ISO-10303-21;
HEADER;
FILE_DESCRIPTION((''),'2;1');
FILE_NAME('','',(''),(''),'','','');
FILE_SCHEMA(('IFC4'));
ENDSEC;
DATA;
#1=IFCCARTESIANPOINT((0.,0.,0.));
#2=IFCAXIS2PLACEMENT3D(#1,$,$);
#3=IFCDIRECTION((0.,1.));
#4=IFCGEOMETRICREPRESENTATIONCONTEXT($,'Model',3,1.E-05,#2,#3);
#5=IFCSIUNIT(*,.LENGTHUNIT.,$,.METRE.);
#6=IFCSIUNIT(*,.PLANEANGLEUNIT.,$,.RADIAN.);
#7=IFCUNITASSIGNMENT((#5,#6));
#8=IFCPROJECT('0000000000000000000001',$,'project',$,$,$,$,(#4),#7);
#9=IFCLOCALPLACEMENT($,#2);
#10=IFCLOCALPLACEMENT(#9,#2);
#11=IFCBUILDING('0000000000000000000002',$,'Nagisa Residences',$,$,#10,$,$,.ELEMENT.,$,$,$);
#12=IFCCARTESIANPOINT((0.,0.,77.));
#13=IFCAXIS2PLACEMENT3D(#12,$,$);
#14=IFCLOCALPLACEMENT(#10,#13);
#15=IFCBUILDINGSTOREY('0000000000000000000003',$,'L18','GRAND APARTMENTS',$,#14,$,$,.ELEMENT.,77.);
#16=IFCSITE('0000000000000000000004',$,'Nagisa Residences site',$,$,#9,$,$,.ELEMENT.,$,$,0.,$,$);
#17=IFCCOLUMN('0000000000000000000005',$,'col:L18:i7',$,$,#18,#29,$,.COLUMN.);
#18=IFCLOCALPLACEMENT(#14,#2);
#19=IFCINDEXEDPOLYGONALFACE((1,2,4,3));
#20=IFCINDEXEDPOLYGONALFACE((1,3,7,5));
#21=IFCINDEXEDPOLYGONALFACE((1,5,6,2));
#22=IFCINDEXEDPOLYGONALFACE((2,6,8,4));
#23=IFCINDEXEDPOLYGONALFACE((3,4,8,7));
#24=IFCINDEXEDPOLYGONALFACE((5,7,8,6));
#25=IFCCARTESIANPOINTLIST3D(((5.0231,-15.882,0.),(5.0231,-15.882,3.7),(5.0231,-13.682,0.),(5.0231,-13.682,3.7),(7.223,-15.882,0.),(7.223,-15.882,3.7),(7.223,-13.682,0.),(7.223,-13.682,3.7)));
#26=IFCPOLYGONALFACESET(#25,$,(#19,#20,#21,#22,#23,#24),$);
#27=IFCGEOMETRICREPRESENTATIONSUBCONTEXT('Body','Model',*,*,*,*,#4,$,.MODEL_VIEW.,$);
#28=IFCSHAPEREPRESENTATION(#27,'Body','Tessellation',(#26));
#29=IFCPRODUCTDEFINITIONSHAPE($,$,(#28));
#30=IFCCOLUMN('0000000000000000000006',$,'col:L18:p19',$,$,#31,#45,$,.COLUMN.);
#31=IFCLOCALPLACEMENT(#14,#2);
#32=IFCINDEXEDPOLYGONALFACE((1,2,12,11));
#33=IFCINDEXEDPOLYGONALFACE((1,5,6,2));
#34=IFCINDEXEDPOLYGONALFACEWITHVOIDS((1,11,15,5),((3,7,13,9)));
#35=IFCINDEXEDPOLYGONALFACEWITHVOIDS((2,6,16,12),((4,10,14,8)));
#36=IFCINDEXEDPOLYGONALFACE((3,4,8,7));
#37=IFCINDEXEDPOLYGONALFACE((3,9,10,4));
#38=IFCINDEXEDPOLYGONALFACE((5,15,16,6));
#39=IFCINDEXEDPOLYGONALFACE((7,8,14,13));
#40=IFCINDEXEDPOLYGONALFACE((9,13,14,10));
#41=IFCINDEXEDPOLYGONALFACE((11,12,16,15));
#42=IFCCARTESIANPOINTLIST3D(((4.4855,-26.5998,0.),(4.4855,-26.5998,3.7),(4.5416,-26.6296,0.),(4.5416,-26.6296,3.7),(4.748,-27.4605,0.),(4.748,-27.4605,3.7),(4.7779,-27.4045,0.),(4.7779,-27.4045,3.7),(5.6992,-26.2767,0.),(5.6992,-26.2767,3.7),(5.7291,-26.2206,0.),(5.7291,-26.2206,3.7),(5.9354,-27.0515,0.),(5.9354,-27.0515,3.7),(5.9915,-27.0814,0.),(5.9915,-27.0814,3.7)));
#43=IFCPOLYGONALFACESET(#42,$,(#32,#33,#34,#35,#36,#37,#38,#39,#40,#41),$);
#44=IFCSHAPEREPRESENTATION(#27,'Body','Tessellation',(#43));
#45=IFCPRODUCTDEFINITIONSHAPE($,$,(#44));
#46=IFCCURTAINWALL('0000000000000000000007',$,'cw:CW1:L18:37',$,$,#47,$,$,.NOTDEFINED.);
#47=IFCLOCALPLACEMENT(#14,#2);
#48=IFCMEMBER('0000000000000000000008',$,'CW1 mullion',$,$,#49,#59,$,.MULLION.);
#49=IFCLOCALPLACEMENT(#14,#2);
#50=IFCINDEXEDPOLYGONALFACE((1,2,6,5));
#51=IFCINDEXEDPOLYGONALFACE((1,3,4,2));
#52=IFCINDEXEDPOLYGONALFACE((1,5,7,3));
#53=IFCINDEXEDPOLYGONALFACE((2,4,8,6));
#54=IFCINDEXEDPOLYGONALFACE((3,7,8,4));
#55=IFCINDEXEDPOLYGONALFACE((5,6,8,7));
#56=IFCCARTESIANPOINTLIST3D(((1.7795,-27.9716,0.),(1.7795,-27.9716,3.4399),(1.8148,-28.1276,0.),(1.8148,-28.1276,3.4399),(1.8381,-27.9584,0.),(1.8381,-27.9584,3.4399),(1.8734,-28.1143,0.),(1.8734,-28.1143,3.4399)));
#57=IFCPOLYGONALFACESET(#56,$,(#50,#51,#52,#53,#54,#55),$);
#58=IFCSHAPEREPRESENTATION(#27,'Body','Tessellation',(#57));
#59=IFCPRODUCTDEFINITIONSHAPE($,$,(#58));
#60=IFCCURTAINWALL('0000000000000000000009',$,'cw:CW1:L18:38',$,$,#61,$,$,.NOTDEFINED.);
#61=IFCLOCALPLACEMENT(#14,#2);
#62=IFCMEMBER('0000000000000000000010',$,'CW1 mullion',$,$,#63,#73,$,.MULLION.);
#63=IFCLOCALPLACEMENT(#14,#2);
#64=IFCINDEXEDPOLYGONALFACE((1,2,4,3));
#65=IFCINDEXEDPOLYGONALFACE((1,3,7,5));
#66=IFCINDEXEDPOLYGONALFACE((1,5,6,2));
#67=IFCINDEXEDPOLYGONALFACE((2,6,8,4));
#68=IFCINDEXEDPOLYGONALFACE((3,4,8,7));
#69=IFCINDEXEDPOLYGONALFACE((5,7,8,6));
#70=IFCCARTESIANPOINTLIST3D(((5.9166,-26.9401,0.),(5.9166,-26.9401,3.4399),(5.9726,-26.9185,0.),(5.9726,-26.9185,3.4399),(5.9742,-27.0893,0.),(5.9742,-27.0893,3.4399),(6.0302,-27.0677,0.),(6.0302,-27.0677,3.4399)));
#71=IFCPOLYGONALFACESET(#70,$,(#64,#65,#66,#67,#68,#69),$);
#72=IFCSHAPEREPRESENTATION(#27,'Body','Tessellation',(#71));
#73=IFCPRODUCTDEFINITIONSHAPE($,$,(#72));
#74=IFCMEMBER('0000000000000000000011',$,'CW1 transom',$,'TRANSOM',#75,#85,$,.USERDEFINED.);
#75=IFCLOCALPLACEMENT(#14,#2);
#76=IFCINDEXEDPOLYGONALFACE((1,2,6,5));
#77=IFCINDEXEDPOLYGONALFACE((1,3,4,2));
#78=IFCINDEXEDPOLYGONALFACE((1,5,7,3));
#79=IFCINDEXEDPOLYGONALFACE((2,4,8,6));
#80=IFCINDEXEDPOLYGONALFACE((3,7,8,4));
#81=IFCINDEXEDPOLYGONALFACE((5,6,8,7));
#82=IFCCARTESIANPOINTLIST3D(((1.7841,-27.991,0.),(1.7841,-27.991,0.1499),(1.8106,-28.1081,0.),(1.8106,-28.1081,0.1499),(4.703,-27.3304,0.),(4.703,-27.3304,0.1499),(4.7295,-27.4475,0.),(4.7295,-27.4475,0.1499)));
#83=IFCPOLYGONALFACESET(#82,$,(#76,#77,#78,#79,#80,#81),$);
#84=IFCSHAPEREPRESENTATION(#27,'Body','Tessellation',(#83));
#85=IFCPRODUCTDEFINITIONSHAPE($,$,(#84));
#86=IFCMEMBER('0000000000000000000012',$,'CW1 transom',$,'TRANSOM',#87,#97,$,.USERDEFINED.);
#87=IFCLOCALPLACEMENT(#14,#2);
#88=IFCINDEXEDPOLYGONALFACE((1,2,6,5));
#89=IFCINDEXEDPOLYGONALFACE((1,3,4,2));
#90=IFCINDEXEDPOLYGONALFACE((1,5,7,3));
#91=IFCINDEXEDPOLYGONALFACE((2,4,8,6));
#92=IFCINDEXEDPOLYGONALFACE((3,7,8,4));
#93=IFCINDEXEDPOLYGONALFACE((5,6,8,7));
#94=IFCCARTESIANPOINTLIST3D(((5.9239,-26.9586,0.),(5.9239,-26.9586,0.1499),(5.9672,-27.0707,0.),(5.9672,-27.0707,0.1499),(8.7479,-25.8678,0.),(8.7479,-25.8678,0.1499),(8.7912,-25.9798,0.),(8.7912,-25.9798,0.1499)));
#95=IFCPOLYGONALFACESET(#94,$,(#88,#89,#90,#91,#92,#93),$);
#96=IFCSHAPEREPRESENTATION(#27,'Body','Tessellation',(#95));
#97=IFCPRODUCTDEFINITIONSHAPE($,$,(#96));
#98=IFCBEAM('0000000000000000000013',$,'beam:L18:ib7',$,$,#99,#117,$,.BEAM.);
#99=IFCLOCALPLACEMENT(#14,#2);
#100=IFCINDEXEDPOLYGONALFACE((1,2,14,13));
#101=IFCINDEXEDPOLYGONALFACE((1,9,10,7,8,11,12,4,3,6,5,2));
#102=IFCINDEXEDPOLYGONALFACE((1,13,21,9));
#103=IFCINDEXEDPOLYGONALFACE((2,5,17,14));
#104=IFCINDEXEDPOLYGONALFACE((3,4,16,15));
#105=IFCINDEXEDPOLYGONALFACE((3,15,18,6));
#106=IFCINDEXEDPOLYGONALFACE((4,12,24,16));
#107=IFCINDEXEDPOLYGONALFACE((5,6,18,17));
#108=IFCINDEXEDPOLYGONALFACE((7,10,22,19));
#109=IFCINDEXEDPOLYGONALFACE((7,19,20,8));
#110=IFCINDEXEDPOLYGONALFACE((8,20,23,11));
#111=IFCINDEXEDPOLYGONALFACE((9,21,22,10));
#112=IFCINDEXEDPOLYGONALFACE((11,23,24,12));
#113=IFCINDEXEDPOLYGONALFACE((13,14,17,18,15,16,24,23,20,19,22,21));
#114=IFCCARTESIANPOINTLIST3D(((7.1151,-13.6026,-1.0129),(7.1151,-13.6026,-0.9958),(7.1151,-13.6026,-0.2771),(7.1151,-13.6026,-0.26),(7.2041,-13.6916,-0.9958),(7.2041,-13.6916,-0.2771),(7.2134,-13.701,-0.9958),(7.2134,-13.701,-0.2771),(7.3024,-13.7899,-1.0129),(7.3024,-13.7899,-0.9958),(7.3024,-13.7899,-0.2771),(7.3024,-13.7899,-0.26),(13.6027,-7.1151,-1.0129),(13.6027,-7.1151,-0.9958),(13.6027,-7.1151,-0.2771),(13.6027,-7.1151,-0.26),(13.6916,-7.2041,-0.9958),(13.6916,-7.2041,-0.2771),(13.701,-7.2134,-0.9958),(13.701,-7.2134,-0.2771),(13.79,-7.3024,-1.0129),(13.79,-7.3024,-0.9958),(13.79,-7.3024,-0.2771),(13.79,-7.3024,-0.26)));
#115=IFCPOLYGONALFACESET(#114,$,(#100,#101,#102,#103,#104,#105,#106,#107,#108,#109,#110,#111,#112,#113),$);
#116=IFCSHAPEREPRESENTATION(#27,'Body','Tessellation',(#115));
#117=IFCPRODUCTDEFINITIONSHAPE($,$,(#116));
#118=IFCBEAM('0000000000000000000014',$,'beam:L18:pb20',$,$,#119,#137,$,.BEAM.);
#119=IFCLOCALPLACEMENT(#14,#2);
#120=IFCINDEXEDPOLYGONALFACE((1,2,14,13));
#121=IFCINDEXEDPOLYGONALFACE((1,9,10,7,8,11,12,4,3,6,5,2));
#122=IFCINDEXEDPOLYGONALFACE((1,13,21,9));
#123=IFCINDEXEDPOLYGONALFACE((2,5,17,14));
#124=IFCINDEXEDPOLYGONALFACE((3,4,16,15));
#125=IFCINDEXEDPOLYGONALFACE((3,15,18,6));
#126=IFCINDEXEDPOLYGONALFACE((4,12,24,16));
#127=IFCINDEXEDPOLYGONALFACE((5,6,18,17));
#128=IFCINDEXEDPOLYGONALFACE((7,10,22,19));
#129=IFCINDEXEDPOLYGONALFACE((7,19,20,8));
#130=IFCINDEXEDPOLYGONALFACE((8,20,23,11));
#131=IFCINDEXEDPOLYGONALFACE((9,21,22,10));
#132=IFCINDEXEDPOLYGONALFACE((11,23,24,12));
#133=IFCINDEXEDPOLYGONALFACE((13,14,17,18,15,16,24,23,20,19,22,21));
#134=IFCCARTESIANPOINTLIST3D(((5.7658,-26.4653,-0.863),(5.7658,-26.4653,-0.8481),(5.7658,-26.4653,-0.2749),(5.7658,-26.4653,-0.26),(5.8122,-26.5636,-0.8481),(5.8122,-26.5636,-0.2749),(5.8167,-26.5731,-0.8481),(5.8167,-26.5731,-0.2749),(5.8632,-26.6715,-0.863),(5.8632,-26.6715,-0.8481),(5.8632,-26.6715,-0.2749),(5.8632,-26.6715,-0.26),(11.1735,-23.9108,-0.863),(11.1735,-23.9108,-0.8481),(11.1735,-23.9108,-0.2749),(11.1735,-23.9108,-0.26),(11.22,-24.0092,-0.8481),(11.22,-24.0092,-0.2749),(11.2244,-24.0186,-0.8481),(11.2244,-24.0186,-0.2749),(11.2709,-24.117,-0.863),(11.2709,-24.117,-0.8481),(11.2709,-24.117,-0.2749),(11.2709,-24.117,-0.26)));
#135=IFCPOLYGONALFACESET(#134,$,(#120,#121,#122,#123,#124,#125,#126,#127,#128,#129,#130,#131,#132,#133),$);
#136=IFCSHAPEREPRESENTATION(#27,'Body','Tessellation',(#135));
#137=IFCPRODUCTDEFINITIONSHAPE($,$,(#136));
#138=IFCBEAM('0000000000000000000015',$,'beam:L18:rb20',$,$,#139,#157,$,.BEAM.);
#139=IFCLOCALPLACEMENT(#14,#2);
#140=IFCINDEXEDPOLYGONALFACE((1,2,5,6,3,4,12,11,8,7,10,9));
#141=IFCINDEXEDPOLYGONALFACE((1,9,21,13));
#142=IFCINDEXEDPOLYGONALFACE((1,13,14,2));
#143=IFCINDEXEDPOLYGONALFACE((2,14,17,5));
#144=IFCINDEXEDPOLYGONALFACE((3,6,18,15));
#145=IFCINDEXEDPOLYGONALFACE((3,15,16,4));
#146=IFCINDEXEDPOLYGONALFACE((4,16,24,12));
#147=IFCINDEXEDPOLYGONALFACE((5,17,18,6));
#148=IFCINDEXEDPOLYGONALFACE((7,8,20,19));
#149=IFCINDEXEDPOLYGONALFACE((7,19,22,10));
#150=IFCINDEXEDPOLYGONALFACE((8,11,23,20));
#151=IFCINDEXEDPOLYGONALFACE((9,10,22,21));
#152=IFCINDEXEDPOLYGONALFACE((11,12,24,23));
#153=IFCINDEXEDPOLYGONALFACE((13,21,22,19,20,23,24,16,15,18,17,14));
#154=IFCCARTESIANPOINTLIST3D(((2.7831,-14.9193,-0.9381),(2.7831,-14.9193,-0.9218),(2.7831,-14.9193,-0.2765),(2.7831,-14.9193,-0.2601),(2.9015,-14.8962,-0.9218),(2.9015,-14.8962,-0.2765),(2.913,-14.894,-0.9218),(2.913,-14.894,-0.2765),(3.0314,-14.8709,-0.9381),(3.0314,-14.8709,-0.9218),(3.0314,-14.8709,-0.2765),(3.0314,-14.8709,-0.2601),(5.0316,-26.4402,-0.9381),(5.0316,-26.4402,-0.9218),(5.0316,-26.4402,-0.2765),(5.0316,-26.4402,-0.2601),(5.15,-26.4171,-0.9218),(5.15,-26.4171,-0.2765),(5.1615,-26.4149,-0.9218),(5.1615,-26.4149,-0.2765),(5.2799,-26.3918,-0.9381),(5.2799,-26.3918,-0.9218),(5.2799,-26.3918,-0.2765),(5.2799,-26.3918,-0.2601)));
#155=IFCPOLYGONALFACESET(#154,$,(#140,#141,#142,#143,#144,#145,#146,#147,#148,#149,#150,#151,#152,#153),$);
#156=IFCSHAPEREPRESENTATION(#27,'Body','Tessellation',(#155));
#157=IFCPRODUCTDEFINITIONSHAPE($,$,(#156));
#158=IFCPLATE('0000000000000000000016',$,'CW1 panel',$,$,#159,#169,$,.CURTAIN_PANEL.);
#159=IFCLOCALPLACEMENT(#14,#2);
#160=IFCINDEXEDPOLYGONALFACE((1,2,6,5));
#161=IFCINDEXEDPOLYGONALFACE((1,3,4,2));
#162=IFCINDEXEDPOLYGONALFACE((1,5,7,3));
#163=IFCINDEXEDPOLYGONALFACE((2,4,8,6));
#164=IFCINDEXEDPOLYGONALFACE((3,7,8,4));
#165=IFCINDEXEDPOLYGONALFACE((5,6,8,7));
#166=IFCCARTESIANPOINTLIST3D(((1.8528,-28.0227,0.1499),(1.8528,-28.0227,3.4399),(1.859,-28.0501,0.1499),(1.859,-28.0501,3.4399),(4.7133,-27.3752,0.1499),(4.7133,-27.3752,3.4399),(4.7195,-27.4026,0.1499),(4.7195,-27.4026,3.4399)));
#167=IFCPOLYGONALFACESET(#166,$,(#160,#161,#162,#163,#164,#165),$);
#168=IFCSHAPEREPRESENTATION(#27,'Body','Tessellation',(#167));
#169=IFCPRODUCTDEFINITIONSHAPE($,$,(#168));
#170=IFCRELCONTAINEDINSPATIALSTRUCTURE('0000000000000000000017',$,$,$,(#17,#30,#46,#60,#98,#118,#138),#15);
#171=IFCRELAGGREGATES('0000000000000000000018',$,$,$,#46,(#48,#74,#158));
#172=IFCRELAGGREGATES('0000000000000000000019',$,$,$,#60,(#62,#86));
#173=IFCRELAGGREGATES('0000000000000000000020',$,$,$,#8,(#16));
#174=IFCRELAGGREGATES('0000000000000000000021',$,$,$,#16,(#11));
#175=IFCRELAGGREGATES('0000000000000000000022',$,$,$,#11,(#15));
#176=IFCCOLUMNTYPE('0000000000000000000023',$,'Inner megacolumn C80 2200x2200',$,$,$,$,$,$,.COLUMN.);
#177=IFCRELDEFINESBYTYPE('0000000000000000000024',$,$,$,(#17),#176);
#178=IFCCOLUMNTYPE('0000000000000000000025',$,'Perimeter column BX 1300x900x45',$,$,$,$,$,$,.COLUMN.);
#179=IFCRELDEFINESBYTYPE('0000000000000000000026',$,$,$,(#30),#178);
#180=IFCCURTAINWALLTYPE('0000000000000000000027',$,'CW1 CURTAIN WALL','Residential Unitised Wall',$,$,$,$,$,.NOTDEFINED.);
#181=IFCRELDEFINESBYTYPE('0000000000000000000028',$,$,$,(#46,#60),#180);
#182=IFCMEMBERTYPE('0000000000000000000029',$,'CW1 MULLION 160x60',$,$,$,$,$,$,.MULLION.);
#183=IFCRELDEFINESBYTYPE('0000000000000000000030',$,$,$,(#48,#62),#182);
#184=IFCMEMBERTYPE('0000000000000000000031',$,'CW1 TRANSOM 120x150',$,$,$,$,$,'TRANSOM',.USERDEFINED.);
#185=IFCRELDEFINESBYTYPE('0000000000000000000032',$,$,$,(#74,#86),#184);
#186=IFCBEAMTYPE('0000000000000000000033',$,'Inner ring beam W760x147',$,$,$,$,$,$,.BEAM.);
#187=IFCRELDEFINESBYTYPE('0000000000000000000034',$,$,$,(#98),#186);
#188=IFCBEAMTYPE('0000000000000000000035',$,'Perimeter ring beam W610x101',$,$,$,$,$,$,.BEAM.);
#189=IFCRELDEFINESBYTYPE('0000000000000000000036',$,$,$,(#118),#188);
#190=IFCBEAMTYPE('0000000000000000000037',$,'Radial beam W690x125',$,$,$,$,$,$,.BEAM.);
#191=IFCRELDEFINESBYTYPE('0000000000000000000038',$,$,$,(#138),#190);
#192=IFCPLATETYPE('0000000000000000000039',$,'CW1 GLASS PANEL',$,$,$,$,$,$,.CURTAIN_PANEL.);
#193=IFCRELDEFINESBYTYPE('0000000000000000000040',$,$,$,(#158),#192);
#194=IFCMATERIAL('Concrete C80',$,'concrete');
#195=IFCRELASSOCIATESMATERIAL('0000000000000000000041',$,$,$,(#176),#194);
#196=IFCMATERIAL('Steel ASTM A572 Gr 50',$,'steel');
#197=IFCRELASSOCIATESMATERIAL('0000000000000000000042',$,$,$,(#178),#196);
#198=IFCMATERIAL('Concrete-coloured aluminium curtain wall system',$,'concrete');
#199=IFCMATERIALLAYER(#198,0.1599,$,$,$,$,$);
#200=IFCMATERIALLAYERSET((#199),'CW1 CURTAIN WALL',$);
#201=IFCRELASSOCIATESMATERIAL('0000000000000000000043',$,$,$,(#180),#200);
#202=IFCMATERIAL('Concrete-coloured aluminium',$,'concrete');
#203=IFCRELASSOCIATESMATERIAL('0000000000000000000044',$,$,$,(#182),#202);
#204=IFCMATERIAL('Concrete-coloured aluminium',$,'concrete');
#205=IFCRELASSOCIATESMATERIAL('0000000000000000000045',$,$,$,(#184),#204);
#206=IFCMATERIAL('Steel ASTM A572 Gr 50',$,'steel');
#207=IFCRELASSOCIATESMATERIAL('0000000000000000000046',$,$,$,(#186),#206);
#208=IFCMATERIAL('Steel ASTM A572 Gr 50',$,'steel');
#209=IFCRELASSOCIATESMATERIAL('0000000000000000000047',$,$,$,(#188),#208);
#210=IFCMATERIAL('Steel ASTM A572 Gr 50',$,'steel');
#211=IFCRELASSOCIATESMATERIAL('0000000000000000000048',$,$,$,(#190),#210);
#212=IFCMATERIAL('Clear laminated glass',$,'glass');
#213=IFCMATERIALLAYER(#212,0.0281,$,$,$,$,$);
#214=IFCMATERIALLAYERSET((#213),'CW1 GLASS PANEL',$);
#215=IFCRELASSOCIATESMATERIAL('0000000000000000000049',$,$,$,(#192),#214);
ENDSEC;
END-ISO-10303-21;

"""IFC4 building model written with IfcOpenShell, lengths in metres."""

from ifc_helpers import new_model, si_unit, direction, frame, origin, origin_2d, place, context, subcontext, project, spatial, rectangle, hollow_rectangle, i_section, extrude, material, layer, layer_set, material_profile, profile_set, type_object, element, aggregate, save


model = new_model("IFC4")

# Units and contexts
model_context = context("Model", 3, precision=1e-05, world=origin(), true_north=direction((0.0, 1.0)))
body_context = subcontext(model_context, "Body", "Model", "MODEL_VIEW")
ifc_project = project(units=[si_unit("LENGTHUNIT", "METRE"), si_unit("PLANEANGLEUNIT", "RADIAN")], contexts=[model_context])

# Site, building, storey
site_placement = place(None, origin())
site = spatial("IfcSite", under=ifc_project, at=site_placement, Name="Nagisa Residences site", CompositionType="ELEMENT", RefElevation=0.0)
building_placement = place(site_placement, origin())
building = spatial("IfcBuilding", under=site, at=building_placement, Name="Nagisa Residences", CompositionType="ELEMENT")
storey_placement = place(building_placement, frame((0.0, 0.0, 77.0)))
storey = spatial("IfcBuildingStorey", under=building, at=storey_placement, Name="L18", Description="GRAND APARTMENTS", CompositionType="ELEMENT", Elevation=77.0)

# Columns
ifc_material_1 = material(Name="Concrete C80", Category="concrete")
ifc_material_profile_1 = material_profile(ifc_material_1, rectangle(XDim=2.2, YDim=2.2, at=origin_2d()), Name="C80 2200x2200")
ifc_profile_set_1 = profile_set([ifc_material_profile_1], Name="Concrete C80")
column_type_1 = type_object("IfcColumnType", Name="Inner megacolumn C80 2200x2200", PredefinedType="COLUMN", material=ifc_profile_set_1)
column_1_placement = place(storey_placement, frame((6.123, -14.782, 0.0), z_axis=(0.0, 0.0, 1.0), x_axis=(1.0, 0.0, 0.0)))
element("IfcColumn", 1, at=column_1_placement, inside=storey, type_object=column_type_1, Name="col:L18:i7", PredefinedType="COLUMN", context=body_context, shape_type="SweptSolid", body=[
    extrude(rectangle(XDim=2.2, YDim=2.2, at=origin_2d()), origin(), (0.0, 0.0, 1.0), 3.7),
])
ifc_material_2 = material(Name="Steel ASTM A572 Gr 50", Category="steel")
ifc_material_profile_2 = material_profile(ifc_material_2, hollow_rectangle(XDim=1.3, YDim=0.8999, WallThickness=0.0449, at=origin_2d()), Name="BX 1300x900x45")
ifc_profile_set_2 = profile_set([ifc_material_profile_2], Name="Steel ASTM A572 Gr 50")
column_type_2 = type_object("IfcColumnType", Name="Perimeter column BX 1300x900x45", PredefinedType="COLUMN", material=ifc_profile_set_2)
column_2_placement = place(storey_placement, frame((5.2385, -26.8406, 0.0), z_axis=(0.0, 0.0, 1.0), x_axis=(0.956525, 0.291652, 0.0)))
element("IfcColumn", 2, at=column_2_placement, inside=storey, type_object=column_type_2, Name="col:L18:p19", PredefinedType="COLUMN", context=body_context, shape_type="SweptSolid", body=[
    extrude(hollow_rectangle(XDim=1.3, YDim=0.8999, WallThickness=0.0449, at=origin_2d()), origin(), (0.0, 0.0, 1.0), 3.7),
])

# Curtain walls, members
ifc_material_3 = material(Name="Concrete-coloured aluminium curtain wall system", Category="concrete")
ifc_layer_1 = layer(ifc_material_3, 0.1599)
ifc_layer_set_1 = layer_set([ifc_layer_1], Name="CW1 CURTAIN WALL")
curtain_wall_type = type_object("IfcCurtainWallType", Name="CW1 CURTAIN WALL", Description="Residential Unitised Wall", PredefinedType="NOTDEFINED", material=ifc_layer_set_1)
curtain_wall_1_placement = place(storey_placement, origin())
curtain_wall_1 = element("IfcCurtainWall", 3, at=curtain_wall_1_placement, inside=storey, type_object=curtain_wall_type, Name="cw:CW1:L18:37", PredefinedType="NOTDEFINED")
ifc_material_4 = material(Name="Concrete-coloured aluminium", Category="concrete")
ifc_material_profile_3 = material_profile(ifc_material_4, rectangle(XDim=0.1599, YDim=0.0601, at=origin_2d()), Name="CW1 MULLION 160x60")
ifc_profile_set_3 = profile_set([ifc_material_profile_3], Name="Concrete-coloured aluminium")
member_type_1 = type_object("IfcMemberType", Name="CW1 MULLION 160x60", PredefinedType="MULLION", material=ifc_profile_set_3)
member_1_placement = place(storey_placement, frame((1.8264, -28.043, 0.0), z_axis=(0.0, 0.0, 1.0), x_axis=(-0.220764, 0.975327, 0.0)))
member_1 = element("IfcMember", 4, at=member_1_placement, type_object=member_type_1, Name="CW1 mullion", PredefinedType="MULLION", context=body_context, shape_type="SweptSolid", body=[
    extrude(rectangle(XDim=0.1599, YDim=0.0601, at=origin_2d()), origin(), (0.0, 0.0, 1.0), 3.4399),
])
curtain_wall_2_placement = place(storey_placement, origin())
curtain_wall_2 = element("IfcCurtainWall", 5, at=curtain_wall_2_placement, inside=storey, type_object=curtain_wall_type, Name="cw:CW1:L18:38", PredefinedType="NOTDEFINED")
member_2_placement = place(storey_placement, frame((5.9734, -27.0039, 0.0), z_axis=(0.0, 0.0, 1.0), x_axis=(-0.360328, 0.932826, 0.0)))
member_2 = element("IfcMember", 6, at=member_2_placement, type_object=member_type_1, Name="CW1 mullion", PredefinedType="MULLION", context=body_context, shape_type="SweptSolid", body=[
    extrude(rectangle(XDim=0.1599, YDim=0.0601, at=origin_2d()), origin(), (0.0, 0.0, 1.0), 3.4399),
])

# Members
ifc_material_5 = material(Name="Concrete-coloured aluminium", Category="concrete")
ifc_material_profile_4 = material_profile(ifc_material_5, rectangle(XDim=0.1201, YDim=0.1499, at=origin_2d()), Name="CW1 TRANSOM 120x150")
ifc_profile_set_4 = profile_set([ifc_material_profile_4], Name="Concrete-coloured aluminium")
member_type_2 = type_object("IfcMemberType", Name="CW1 TRANSOM 120x150", ElementType="TRANSOM", PredefinedType="USERDEFINED", material=ifc_profile_set_4)
member_3_placement = place(storey_placement, frame((1.7974, -28.0496, 0.075), z_axis=(0.975331, 0.220747, 0.0), x_axis=(-0.220747, 0.975331, 0.0)))
member_3 = element("IfcMember", 7, at=member_3_placement, type_object=member_type_2, Name="CW1 transom", ObjectType="TRANSOM", PredefinedType="USERDEFINED", context=body_context, shape_type="SweptSolid", body=[
    extrude(rectangle(XDim=0.1201, YDim=0.1499, at=origin_2d()), origin(), (0.0, 0.0, 1.0), 2.9927),
])
member_4_placement = place(storey_placement, frame((5.9456, -27.0146, 0.075), z_axis=(0.932827, 0.360324, 0.0), x_axis=(-0.360324, 0.932827, 0.0)))
member_4 = element("IfcMember", 8, at=member_4_placement, type_object=member_type_2, Name="CW1 transom", ObjectType="TRANSOM", PredefinedType="USERDEFINED", context=body_context, shape_type="SweptSolid", body=[
    extrude(rectangle(XDim=0.1201, YDim=0.1499, at=origin_2d()), origin(), (0.0, 0.0, 1.0), 3.0273),
])

# Beams
ifc_material_6 = material(Name="Steel ASTM A572 Gr 50", Category="steel")
ifc_material_profile_5 = material_profile(ifc_material_6, i_section(OverallWidth=0.2649, OverallDepth=0.7529, WebThickness=0.0132, FlangeThickness=0.0171, at=origin_2d()), Name="W760x147")
ifc_profile_set_5 = profile_set([ifc_material_profile_5], Name="Steel ASTM A572 Gr 50")
beam_type_1 = type_object("IfcBeamType", Name="Inner ring beam W760x147", PredefinedType="BEAM", material=ifc_profile_set_5)
beam_1_placement = place(storey_placement, frame((7.2087, -13.6963, -0.6365), z_axis=(0.707107, 0.707107, 0.0), x_axis=(-0.707107, 0.707107, 0.0)))
element("IfcBeam", 9, at=beam_1_placement, inside=storey, type_object=beam_type_1, Name="beam:L18:ib7", PredefinedType="BEAM", context=body_context, shape_type="SweptSolid", body=[
    extrude(i_section(OverallWidth=0.2649, OverallDepth=0.7529, WebThickness=0.0132, FlangeThickness=0.0171, at=origin_2d()), origin(), (0.0, 0.0, 1.0), 9.1748),
])
ifc_material_7 = material(Name="Steel ASTM A572 Gr 50", Category="steel")
ifc_material_profile_6 = material_profile(ifc_material_7, i_section(OverallWidth=0.228, OverallDepth=0.603, WebThickness=0.0105, FlangeThickness=0.0149, at=origin_2d()), Name="W610x101")
ifc_profile_set_6 = profile_set([ifc_material_profile_6], Name="Steel ASTM A572 Gr 50")
beam_type_2 = type_object("IfcBeamType", Name="Perimeter ring beam W610x101", PredefinedType="BEAM", material=ifc_profile_set_6)
beam_2_placement = place(storey_placement, frame((5.8145, -26.5684, -0.5615), z_axis=(0.904197, 0.427116, 0.0), x_axis=(-0.427116, 0.904197, 0.0)))
element("IfcBeam", 10, at=beam_2_placement, inside=storey, type_object=beam_type_2, Name="beam:L18:pb20", PredefinedType="BEAM", context=body_context, shape_type="SweptSolid", body=[
    extrude(i_section(OverallWidth=0.228, OverallDepth=0.603, WebThickness=0.0105, FlangeThickness=0.0149, at=origin_2d()), origin(), (0.0, 0.0, 1.0), 5.9807),
])
ifc_material_8 = material(Name="Steel ASTM A572 Gr 50", Category="steel")
ifc_material_profile_7 = material_profile(ifc_material_8, i_section(OverallWidth=0.2529, OverallDepth=0.678, WebThickness=0.0117, FlangeThickness=0.0164, at=origin_2d()), Name="W690x125")
ifc_profile_set_7 = profile_set([ifc_material_profile_7], Name="Steel ASTM A572 Gr 50")
beam_type_3 = type_object("IfcBeamType", Name="Radial beam W690x125", PredefinedType="BEAM", material=ifc_profile_set_7)
beam_3_placement = place(storey_placement, frame((5.1558, -26.416, -0.5991), z_axis=(-0.191554, 0.981482, 0.0), x_axis=(-0.981482, -0.191554, 0.0)))
element("IfcBeam", 11, at=beam_3_placement, inside=storey, type_object=beam_type_3, Name="beam:L18:rb20", PredefinedType="BEAM", context=body_context, shape_type="SweptSolid", body=[
    extrude(i_section(OverallWidth=0.2529, OverallDepth=0.678, WebThickness=0.0117, FlangeThickness=0.0164, at=origin_2d()), origin(), (0.0, 0.0, 1.0), 11.7383),
])

# Plate
ifc_material_9 = material(Name="Clear laminated glass", Category="glass")
ifc_layer_2 = layer(ifc_material_9, 0.0281)
ifc_layer_set_2 = layer_set([ifc_layer_2], Name="CW1 GLASS PANEL")
plate_type = type_object("IfcPlateType", Name="CW1 GLASS PANEL", PredefinedType="CURTAIN_PANEL", material=ifc_layer_set_2)
plate_1_placement = place(storey_placement, frame((3.2861, -27.7126, 0.1499), z_axis=(0.0, 0.0, 1.0), x_axis=(0.975327, 0.220764, 0.0)))
plate_1 = element("IfcPlate", 12, at=plate_1_placement, type_object=plate_type, Name="CW1 panel", PredefinedType="CURTAIN_PANEL", context=body_context, shape_type="SweptSolid", body=[
    extrude(rectangle(XDim=2.9329, YDim=0.0281, at=origin_2d()), origin(), (0.0, 0.0, 1.0), 3.29),
])
aggregate(curtain_wall_1, [member_1, member_3, plate_1])
aggregate(curtain_wall_2, [member_2, member_4])

save(model, "model.ifc")
